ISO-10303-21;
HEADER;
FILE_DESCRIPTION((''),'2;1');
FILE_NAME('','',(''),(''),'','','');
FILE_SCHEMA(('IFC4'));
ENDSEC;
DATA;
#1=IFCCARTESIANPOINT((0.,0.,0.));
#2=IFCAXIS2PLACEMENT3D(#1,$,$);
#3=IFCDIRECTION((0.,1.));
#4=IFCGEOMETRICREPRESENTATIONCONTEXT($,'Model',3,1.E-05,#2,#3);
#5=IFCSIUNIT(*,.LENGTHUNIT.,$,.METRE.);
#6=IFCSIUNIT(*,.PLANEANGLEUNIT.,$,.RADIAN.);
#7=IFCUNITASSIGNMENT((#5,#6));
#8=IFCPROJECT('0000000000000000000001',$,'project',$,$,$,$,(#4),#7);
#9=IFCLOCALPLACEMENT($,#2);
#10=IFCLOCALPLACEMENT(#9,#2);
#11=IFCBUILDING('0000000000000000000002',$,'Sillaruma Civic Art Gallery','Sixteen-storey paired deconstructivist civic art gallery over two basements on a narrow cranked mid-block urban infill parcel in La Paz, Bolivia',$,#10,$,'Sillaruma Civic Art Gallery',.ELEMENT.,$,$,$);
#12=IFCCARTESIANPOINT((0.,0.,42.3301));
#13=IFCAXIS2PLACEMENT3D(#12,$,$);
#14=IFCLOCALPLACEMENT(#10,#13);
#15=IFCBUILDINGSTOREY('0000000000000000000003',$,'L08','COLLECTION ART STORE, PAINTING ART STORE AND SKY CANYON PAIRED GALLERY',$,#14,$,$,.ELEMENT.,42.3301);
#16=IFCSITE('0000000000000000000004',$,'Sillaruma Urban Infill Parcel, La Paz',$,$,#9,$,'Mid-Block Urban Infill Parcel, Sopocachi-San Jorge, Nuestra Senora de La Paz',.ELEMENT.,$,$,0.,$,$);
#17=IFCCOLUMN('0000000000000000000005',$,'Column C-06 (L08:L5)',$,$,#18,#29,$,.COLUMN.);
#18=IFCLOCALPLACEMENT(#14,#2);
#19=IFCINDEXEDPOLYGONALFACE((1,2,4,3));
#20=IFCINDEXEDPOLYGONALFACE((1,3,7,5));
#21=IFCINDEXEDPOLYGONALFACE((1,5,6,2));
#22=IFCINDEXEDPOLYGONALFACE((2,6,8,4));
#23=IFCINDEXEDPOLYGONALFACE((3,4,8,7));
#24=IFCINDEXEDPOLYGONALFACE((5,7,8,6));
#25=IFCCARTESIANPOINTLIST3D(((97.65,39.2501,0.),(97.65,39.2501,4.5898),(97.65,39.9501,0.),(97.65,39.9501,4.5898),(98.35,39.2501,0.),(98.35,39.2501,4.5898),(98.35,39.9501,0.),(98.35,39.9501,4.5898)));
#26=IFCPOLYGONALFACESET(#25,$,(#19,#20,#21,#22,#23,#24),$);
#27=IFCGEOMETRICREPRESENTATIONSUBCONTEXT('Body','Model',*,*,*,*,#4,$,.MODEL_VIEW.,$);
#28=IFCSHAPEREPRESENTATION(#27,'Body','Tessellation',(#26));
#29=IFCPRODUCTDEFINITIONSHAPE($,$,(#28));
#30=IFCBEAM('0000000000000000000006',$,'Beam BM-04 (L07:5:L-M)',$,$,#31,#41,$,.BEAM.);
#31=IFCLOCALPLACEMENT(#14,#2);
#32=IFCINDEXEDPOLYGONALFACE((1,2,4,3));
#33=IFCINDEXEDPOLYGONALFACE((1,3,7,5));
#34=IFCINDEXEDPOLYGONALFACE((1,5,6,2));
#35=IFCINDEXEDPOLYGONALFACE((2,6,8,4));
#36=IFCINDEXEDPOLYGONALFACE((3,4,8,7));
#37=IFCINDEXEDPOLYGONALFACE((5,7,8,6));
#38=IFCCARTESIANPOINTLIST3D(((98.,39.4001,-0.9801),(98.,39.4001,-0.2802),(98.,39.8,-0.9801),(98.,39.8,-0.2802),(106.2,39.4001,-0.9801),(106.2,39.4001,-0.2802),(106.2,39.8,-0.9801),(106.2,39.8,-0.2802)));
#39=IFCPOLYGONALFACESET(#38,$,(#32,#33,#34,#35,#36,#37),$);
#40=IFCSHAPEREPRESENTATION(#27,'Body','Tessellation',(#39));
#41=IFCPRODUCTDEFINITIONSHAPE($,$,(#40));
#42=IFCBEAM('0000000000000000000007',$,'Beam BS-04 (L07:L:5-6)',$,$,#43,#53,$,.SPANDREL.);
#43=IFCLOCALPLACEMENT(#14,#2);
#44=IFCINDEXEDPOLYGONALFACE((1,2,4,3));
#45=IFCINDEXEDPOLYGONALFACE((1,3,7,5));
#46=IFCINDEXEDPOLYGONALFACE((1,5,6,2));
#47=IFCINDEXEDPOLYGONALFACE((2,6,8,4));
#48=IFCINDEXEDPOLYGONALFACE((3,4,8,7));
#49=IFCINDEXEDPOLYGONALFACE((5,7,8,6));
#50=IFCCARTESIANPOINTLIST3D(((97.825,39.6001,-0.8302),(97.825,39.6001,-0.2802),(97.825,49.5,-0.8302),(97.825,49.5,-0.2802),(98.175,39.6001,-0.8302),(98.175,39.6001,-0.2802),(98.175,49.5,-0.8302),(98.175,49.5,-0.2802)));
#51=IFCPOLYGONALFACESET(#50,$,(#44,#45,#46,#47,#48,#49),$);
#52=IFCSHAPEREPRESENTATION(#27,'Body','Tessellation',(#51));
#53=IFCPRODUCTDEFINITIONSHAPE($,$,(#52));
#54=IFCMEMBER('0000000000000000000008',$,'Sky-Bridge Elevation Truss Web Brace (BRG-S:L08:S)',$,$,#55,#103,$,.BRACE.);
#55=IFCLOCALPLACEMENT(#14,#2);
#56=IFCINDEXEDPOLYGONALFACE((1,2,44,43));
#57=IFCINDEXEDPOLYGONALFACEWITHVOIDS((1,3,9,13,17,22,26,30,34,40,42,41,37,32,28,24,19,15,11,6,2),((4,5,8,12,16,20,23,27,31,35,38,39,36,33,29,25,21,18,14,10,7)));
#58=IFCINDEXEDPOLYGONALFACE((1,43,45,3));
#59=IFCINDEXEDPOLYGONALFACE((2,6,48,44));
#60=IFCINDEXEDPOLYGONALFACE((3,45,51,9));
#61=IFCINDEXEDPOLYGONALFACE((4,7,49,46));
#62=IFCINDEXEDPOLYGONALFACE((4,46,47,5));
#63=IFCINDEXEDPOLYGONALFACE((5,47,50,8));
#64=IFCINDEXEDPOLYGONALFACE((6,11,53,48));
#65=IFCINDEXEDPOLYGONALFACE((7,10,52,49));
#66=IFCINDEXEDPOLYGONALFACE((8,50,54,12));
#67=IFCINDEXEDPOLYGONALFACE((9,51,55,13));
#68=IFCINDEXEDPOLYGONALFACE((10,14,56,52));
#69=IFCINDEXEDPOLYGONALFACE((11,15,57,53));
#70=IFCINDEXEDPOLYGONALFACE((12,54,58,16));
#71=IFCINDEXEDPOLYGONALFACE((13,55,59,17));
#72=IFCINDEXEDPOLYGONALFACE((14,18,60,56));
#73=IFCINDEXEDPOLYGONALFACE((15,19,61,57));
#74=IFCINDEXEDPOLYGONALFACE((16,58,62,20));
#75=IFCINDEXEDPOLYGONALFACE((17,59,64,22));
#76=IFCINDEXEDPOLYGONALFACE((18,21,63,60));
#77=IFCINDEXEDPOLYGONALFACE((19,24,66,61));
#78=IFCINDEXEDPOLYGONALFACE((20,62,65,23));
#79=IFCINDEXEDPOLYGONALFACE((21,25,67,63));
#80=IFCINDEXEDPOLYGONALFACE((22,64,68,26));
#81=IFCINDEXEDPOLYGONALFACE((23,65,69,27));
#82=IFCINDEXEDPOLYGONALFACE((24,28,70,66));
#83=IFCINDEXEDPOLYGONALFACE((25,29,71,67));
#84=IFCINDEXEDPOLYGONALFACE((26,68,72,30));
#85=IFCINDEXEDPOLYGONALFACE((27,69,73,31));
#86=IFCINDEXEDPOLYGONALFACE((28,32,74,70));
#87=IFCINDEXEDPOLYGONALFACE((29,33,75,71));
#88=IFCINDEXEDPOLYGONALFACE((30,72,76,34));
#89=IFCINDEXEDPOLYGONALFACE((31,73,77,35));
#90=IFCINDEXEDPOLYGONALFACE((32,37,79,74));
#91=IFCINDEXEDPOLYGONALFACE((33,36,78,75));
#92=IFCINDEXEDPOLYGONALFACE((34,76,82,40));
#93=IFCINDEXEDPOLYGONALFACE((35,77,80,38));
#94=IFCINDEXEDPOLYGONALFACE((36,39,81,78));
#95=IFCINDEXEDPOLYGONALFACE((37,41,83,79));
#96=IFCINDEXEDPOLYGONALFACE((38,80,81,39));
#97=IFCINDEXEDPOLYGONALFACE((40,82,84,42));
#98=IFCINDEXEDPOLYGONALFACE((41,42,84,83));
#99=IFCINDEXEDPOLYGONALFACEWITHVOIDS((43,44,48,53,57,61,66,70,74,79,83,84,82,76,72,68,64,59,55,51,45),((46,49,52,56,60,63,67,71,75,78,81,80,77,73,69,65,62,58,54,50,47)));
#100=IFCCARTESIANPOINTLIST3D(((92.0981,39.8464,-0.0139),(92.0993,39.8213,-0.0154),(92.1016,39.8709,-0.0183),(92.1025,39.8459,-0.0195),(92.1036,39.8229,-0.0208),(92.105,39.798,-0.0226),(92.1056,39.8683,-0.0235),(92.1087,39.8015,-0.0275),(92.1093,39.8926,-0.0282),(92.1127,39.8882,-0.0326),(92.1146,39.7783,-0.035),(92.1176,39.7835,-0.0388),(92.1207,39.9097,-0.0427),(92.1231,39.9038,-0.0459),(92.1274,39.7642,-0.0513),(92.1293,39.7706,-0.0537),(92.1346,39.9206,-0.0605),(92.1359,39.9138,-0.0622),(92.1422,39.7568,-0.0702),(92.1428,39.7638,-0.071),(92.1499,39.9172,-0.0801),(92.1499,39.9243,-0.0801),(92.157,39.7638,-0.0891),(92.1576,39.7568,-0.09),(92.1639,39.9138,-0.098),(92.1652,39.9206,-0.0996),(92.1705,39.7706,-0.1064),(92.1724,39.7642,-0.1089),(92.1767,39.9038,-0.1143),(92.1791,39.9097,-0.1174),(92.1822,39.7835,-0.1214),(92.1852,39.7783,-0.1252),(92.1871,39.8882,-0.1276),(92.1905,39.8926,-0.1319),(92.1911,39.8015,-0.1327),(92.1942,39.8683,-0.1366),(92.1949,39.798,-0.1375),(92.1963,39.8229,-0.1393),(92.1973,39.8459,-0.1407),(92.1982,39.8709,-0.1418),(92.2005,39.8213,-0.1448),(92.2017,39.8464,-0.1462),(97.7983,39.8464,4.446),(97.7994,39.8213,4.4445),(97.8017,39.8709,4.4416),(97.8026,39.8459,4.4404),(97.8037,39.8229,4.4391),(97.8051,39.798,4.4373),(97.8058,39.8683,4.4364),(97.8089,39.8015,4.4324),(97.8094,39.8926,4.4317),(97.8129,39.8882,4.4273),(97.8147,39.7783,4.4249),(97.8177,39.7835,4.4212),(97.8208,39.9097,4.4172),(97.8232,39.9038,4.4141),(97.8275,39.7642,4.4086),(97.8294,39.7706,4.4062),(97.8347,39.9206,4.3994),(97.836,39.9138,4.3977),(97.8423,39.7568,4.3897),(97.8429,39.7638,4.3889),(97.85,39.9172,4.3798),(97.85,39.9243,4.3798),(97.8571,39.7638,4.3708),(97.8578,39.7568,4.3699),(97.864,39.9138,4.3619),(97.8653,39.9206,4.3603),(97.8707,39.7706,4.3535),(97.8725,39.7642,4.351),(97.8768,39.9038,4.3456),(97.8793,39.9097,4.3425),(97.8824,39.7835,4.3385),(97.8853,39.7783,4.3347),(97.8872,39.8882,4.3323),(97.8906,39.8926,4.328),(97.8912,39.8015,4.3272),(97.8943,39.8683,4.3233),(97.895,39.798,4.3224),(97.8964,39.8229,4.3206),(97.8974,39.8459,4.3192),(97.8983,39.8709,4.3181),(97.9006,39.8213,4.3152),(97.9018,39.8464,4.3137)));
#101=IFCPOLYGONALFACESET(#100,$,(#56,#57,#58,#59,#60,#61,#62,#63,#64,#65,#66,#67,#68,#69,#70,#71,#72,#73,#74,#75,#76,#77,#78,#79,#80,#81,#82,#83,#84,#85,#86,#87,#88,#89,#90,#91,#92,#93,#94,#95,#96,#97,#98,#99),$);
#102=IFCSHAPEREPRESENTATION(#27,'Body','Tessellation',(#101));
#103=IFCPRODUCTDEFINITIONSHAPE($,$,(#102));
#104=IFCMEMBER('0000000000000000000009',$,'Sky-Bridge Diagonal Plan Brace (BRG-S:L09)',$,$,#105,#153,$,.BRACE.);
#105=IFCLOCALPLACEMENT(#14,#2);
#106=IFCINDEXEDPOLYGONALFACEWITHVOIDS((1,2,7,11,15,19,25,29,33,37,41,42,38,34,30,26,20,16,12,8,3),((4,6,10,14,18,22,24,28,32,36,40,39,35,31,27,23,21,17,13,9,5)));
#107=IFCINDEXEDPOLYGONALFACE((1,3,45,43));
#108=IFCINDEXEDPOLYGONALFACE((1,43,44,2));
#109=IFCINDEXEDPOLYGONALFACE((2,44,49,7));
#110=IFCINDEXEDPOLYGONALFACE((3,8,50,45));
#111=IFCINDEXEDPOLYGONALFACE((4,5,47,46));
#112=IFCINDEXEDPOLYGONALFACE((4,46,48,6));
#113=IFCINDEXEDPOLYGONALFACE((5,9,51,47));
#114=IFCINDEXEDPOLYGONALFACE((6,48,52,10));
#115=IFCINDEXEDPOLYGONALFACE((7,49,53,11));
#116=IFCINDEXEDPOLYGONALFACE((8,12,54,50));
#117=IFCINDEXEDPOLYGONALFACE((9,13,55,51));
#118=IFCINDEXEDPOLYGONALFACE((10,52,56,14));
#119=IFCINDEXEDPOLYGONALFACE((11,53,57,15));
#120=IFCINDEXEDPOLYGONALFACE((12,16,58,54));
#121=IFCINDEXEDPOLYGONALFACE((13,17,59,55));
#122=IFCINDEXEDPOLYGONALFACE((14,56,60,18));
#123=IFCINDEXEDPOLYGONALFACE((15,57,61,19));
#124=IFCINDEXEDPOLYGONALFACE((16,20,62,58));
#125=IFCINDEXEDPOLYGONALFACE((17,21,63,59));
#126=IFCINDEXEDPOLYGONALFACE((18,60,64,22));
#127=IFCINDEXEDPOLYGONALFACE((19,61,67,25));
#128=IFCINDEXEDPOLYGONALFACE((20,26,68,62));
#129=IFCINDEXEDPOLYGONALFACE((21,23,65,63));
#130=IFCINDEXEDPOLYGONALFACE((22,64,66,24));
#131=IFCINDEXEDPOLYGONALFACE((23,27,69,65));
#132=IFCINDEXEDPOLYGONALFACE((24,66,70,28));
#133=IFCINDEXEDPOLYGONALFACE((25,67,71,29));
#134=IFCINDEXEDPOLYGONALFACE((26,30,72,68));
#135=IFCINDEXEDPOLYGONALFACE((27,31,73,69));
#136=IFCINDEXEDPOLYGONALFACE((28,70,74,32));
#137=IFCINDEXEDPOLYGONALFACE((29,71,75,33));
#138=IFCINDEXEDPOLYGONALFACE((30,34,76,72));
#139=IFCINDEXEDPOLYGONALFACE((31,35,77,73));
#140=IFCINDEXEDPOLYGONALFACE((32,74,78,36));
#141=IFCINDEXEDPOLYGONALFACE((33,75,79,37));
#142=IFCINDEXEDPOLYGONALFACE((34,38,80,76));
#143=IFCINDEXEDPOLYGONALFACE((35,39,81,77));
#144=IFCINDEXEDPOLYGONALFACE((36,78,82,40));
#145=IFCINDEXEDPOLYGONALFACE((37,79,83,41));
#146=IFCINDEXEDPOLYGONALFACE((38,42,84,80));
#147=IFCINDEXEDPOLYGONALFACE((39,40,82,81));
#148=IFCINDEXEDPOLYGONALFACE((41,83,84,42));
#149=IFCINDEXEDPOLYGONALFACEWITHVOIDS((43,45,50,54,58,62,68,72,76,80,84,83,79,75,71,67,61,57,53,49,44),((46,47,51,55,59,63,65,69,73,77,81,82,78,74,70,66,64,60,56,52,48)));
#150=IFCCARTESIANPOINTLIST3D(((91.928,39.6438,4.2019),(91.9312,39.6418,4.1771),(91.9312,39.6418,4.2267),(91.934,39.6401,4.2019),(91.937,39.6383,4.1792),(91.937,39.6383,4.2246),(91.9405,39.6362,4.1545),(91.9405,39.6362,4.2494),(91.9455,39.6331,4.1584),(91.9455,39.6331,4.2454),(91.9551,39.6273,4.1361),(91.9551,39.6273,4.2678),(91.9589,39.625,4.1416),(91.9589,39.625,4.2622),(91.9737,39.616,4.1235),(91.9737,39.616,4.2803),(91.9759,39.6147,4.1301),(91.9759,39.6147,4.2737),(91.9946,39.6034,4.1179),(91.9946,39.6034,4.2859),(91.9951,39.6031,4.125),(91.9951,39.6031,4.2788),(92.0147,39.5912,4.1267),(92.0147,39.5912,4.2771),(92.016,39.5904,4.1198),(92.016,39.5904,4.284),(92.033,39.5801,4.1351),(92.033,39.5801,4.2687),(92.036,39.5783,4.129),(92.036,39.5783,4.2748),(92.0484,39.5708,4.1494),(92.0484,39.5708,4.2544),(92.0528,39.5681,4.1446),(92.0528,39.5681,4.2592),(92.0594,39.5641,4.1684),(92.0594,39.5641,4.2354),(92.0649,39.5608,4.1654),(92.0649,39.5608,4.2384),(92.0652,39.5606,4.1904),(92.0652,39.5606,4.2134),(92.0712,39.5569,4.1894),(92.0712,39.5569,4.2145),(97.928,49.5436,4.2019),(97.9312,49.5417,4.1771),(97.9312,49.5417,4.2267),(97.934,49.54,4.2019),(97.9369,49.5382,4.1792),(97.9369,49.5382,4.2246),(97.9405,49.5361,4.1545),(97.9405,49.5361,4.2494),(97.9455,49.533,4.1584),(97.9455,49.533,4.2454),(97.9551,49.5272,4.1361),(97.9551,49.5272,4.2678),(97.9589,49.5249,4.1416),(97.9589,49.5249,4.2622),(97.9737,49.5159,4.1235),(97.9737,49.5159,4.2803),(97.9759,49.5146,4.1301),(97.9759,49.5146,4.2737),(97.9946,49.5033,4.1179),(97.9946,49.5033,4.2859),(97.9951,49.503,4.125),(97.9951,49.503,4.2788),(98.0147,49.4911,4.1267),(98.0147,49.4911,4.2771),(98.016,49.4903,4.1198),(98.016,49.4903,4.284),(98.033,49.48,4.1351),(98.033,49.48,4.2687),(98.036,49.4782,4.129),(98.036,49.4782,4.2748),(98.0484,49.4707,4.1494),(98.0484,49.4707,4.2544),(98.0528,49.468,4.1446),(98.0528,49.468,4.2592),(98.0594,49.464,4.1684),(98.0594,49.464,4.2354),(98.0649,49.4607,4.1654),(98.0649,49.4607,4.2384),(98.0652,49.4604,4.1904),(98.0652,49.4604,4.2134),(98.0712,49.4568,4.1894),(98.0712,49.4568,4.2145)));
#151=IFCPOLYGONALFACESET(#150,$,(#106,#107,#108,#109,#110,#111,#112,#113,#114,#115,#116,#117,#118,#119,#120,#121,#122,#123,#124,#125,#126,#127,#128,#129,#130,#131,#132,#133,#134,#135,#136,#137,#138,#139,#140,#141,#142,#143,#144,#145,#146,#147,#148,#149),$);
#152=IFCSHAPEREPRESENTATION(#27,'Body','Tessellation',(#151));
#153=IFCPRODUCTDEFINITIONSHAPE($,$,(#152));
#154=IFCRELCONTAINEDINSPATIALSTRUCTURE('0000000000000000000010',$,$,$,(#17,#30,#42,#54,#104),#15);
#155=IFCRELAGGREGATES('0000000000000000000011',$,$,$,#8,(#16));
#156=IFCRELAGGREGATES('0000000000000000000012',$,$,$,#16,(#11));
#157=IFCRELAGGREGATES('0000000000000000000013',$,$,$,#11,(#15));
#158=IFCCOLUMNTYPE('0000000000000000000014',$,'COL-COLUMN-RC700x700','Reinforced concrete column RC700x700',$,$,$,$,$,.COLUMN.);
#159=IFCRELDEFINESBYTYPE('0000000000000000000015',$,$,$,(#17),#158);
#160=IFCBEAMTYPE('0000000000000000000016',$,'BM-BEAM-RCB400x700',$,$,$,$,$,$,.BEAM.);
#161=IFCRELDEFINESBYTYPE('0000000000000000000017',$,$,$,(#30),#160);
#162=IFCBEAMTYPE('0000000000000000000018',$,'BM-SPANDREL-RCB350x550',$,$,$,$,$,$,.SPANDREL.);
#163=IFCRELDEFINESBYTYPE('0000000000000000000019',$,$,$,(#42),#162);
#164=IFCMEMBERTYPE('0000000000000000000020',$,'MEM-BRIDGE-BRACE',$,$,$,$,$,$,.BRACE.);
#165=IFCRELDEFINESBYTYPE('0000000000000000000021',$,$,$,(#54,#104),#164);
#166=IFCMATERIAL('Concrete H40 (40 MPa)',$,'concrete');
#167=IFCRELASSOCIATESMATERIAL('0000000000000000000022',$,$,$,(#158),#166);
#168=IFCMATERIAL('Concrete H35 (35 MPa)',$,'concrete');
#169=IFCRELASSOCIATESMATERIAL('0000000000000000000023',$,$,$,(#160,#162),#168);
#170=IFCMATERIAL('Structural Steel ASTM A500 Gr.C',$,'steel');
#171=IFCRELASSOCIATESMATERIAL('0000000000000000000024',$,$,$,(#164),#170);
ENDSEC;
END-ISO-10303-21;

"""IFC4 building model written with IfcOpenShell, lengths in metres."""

from ifc_helpers import new_model, si_unit, direction, frame, origin, origin_2d, place, context, subcontext, project, spatial, rectangle, hollow_circle, extrude, material, material_profile, profile_set, type_object, element, save


model = new_model("IFC4")

# Units and contexts
model_context = context("Model", 3, precision=1e-05, world=origin(), true_north=direction((0.0, 1.0)))
body_context = subcontext(model_context, "Body", "Model", "MODEL_VIEW")
ifc_project = project(units=[si_unit("LENGTHUNIT", "METRE"), si_unit("PLANEANGLEUNIT", "RADIAN")], contexts=[model_context])

# Site, building, storey
site_placement = place(None, origin())
site = spatial("IfcSite", under=ifc_project, at=site_placement, Name="Sillaruma Urban Infill Parcel, La Paz", LongName="Mid-Block Urban Infill Parcel, Sopocachi-San Jorge, Nuestra Senora de La Paz", CompositionType="ELEMENT", RefElevation=0.0)
building_placement = place(site_placement, origin())
building = spatial("IfcBuilding", under=site, at=building_placement, Name="Sillaruma Civic Art Gallery", Description="Sixteen-storey paired deconstructivist civic art gallery over two basements on a narrow cranked mid-block urban infill parcel in La Paz, Bolivia", LongName="Sillaruma Civic Art Gallery", CompositionType="ELEMENT")
storey_placement = place(building_placement, frame((0.0, 0.0, 42.3301)))
storey = spatial("IfcBuildingStorey", under=building, at=storey_placement, Name="L08", Description="COLLECTION ART STORE, PAINTING ART STORE AND SKY CANYON PAIRED GALLERY", CompositionType="ELEMENT", Elevation=42.3301)

# Column
ifc_material_1 = material(Name="Concrete H40 (40 MPa)", Category="concrete")
ifc_material_profile_1 = material_profile(ifc_material_1, rectangle(XDim=0.7, YDim=0.7, at=origin_2d()), Name="RC700x700")
ifc_profile_set_1 = profile_set([ifc_material_profile_1], Name="Concrete H40 (40 MPa)")
column_type = type_object("IfcColumnType", Name="COL-COLUMN-RC700x700", Description="Reinforced concrete column RC700x700", PredefinedType="COLUMN", material=ifc_profile_set_1)
column_placement = place(storey_placement, frame((98.0, 39.6001, 0.0), z_axis=(0.0, 0.0, 1.0), x_axis=(1.0, 0.0, 0.0)))
element("IfcColumn", 1, at=column_placement, inside=storey, type_object=column_type, Name="Column C-06 (L08:L5)", PredefinedType="COLUMN", context=body_context, shape_type="SweptSolid", body=[
    extrude(rectangle(XDim=0.7, YDim=0.7, at=origin_2d()), origin(), (0.0, 0.0, 1.0), 4.5898),
])

# Beams
ifc_material_2 = material(Name="Concrete H35 (35 MPa)", Category="concrete")
ifc_material_profile_2 = material_profile(ifc_material_2, rectangle(XDim=0.3999, YDim=0.7, at=origin_2d()), Name="RCB400x700")
ifc_profile_set_2 = profile_set([ifc_material_profile_2], Name="Concrete H35 (35 MPa)")
beam_type_1 = type_object("IfcBeamType", Name="BM-BEAM-RCB400x700", PredefinedType="BEAM", material=ifc_profile_set_2)
beam_1_placement = place(storey_placement, frame((98.0, 39.6001, -0.6301), z_axis=(1.0, 0.0, 0.0), x_axis=(0.0, 1.0, 0.0)))
element("IfcBeam", 2, at=beam_1_placement, inside=storey, type_object=beam_type_1, Name="Beam BM-04 (L07:5:L-M)", PredefinedType="BEAM", context=body_context, shape_type="SweptSolid", body=[
    extrude(rectangle(XDim=0.3999, YDim=0.7, at=origin_2d()), origin(), (0.0, 0.0, 1.0), 8.2),
])
ifc_material_profile_3 = material_profile(ifc_material_2, rectangle(XDim=0.3501, YDim=0.55, at=origin_2d()), Name="RCB350x550")
ifc_profile_set_3 = profile_set([ifc_material_profile_3], Name="Concrete H35 (35 MPa)")
beam_type_2 = type_object("IfcBeamType", Name="BM-SPANDREL-RCB350x550", PredefinedType="SPANDREL", material=ifc_profile_set_3)
beam_2_placement = place(storey_placement, frame((98.0, 39.6001, -0.5552), z_axis=(0.0, 1.0, 0.0), x_axis=(-1.0, 0.0, 0.0)))
element("IfcBeam", 3, at=beam_2_placement, inside=storey, type_object=beam_type_2, Name="Beam BS-04 (L07:L:5-6)", PredefinedType="SPANDREL", context=body_context, shape_type="SweptSolid", body=[
    extrude(rectangle(XDim=0.3501, YDim=0.55, at=origin_2d()), origin(), (0.0, 0.0, 1.0), 9.8999),
])

# Members
ifc_material_3 = material(Name="Structural Steel ASTM A500 Gr.C", Category="steel")
ifc_material_profile_4 = material_profile(ifc_material_3, hollow_circle(Radius=0.0842, WallThickness=0.0071, at=origin_2d()), Name="CHS168.3x7.1")
ifc_profile_set_4 = profile_set([ifc_material_profile_4], Name="Structural Steel ASTM A500 Gr.C")
member_type_1 = type_object("IfcMemberType", Name="MEM-BRIDGE-BRACE", PredefinedType="BRACE", material=ifc_profile_set_4)
member_1_placement = place(storey_placement, frame((92.1499, 39.8401, -0.0801), z_axis=(0.787576, 0.0, 0.616217), x_axis=(0.0, 1.0, 0.0)))
element("IfcMember", 4, at=member_1_placement, inside=storey, type_object=member_type_1, Name="Sky-Bridge Elevation Truss Web Brace (BRG-S:L08:S)", PredefinedType="BRACE", context=body_context, shape_type="SweptSolid", body=[
    extrude(hollow_circle(Radius=0.0842, WallThickness=0.0071, at=origin_2d()), origin(), (0.0, 0.0, 1.0), 7.2375),
])
member_2_placement = place(storey_placement, frame((92.0, 39.6001, 4.2019), z_axis=(0.518305, 0.855196, 0.0), x_axis=(-0.855196, 0.518305, 0.0)))
element("IfcMember", 5, at=member_2_placement, inside=storey, type_object=member_type_1, Name="Sky-Bridge Diagonal Plan Brace (BRG-S:L09)", PredefinedType="BRACE", context=body_context, shape_type="SweptSolid", body=[
    extrude(hollow_circle(Radius=0.0842, WallThickness=0.0071, at=origin_2d()), origin(), (0.0, 0.0, 1.0), 11.5762),
])

save(model, "model.ifc")
